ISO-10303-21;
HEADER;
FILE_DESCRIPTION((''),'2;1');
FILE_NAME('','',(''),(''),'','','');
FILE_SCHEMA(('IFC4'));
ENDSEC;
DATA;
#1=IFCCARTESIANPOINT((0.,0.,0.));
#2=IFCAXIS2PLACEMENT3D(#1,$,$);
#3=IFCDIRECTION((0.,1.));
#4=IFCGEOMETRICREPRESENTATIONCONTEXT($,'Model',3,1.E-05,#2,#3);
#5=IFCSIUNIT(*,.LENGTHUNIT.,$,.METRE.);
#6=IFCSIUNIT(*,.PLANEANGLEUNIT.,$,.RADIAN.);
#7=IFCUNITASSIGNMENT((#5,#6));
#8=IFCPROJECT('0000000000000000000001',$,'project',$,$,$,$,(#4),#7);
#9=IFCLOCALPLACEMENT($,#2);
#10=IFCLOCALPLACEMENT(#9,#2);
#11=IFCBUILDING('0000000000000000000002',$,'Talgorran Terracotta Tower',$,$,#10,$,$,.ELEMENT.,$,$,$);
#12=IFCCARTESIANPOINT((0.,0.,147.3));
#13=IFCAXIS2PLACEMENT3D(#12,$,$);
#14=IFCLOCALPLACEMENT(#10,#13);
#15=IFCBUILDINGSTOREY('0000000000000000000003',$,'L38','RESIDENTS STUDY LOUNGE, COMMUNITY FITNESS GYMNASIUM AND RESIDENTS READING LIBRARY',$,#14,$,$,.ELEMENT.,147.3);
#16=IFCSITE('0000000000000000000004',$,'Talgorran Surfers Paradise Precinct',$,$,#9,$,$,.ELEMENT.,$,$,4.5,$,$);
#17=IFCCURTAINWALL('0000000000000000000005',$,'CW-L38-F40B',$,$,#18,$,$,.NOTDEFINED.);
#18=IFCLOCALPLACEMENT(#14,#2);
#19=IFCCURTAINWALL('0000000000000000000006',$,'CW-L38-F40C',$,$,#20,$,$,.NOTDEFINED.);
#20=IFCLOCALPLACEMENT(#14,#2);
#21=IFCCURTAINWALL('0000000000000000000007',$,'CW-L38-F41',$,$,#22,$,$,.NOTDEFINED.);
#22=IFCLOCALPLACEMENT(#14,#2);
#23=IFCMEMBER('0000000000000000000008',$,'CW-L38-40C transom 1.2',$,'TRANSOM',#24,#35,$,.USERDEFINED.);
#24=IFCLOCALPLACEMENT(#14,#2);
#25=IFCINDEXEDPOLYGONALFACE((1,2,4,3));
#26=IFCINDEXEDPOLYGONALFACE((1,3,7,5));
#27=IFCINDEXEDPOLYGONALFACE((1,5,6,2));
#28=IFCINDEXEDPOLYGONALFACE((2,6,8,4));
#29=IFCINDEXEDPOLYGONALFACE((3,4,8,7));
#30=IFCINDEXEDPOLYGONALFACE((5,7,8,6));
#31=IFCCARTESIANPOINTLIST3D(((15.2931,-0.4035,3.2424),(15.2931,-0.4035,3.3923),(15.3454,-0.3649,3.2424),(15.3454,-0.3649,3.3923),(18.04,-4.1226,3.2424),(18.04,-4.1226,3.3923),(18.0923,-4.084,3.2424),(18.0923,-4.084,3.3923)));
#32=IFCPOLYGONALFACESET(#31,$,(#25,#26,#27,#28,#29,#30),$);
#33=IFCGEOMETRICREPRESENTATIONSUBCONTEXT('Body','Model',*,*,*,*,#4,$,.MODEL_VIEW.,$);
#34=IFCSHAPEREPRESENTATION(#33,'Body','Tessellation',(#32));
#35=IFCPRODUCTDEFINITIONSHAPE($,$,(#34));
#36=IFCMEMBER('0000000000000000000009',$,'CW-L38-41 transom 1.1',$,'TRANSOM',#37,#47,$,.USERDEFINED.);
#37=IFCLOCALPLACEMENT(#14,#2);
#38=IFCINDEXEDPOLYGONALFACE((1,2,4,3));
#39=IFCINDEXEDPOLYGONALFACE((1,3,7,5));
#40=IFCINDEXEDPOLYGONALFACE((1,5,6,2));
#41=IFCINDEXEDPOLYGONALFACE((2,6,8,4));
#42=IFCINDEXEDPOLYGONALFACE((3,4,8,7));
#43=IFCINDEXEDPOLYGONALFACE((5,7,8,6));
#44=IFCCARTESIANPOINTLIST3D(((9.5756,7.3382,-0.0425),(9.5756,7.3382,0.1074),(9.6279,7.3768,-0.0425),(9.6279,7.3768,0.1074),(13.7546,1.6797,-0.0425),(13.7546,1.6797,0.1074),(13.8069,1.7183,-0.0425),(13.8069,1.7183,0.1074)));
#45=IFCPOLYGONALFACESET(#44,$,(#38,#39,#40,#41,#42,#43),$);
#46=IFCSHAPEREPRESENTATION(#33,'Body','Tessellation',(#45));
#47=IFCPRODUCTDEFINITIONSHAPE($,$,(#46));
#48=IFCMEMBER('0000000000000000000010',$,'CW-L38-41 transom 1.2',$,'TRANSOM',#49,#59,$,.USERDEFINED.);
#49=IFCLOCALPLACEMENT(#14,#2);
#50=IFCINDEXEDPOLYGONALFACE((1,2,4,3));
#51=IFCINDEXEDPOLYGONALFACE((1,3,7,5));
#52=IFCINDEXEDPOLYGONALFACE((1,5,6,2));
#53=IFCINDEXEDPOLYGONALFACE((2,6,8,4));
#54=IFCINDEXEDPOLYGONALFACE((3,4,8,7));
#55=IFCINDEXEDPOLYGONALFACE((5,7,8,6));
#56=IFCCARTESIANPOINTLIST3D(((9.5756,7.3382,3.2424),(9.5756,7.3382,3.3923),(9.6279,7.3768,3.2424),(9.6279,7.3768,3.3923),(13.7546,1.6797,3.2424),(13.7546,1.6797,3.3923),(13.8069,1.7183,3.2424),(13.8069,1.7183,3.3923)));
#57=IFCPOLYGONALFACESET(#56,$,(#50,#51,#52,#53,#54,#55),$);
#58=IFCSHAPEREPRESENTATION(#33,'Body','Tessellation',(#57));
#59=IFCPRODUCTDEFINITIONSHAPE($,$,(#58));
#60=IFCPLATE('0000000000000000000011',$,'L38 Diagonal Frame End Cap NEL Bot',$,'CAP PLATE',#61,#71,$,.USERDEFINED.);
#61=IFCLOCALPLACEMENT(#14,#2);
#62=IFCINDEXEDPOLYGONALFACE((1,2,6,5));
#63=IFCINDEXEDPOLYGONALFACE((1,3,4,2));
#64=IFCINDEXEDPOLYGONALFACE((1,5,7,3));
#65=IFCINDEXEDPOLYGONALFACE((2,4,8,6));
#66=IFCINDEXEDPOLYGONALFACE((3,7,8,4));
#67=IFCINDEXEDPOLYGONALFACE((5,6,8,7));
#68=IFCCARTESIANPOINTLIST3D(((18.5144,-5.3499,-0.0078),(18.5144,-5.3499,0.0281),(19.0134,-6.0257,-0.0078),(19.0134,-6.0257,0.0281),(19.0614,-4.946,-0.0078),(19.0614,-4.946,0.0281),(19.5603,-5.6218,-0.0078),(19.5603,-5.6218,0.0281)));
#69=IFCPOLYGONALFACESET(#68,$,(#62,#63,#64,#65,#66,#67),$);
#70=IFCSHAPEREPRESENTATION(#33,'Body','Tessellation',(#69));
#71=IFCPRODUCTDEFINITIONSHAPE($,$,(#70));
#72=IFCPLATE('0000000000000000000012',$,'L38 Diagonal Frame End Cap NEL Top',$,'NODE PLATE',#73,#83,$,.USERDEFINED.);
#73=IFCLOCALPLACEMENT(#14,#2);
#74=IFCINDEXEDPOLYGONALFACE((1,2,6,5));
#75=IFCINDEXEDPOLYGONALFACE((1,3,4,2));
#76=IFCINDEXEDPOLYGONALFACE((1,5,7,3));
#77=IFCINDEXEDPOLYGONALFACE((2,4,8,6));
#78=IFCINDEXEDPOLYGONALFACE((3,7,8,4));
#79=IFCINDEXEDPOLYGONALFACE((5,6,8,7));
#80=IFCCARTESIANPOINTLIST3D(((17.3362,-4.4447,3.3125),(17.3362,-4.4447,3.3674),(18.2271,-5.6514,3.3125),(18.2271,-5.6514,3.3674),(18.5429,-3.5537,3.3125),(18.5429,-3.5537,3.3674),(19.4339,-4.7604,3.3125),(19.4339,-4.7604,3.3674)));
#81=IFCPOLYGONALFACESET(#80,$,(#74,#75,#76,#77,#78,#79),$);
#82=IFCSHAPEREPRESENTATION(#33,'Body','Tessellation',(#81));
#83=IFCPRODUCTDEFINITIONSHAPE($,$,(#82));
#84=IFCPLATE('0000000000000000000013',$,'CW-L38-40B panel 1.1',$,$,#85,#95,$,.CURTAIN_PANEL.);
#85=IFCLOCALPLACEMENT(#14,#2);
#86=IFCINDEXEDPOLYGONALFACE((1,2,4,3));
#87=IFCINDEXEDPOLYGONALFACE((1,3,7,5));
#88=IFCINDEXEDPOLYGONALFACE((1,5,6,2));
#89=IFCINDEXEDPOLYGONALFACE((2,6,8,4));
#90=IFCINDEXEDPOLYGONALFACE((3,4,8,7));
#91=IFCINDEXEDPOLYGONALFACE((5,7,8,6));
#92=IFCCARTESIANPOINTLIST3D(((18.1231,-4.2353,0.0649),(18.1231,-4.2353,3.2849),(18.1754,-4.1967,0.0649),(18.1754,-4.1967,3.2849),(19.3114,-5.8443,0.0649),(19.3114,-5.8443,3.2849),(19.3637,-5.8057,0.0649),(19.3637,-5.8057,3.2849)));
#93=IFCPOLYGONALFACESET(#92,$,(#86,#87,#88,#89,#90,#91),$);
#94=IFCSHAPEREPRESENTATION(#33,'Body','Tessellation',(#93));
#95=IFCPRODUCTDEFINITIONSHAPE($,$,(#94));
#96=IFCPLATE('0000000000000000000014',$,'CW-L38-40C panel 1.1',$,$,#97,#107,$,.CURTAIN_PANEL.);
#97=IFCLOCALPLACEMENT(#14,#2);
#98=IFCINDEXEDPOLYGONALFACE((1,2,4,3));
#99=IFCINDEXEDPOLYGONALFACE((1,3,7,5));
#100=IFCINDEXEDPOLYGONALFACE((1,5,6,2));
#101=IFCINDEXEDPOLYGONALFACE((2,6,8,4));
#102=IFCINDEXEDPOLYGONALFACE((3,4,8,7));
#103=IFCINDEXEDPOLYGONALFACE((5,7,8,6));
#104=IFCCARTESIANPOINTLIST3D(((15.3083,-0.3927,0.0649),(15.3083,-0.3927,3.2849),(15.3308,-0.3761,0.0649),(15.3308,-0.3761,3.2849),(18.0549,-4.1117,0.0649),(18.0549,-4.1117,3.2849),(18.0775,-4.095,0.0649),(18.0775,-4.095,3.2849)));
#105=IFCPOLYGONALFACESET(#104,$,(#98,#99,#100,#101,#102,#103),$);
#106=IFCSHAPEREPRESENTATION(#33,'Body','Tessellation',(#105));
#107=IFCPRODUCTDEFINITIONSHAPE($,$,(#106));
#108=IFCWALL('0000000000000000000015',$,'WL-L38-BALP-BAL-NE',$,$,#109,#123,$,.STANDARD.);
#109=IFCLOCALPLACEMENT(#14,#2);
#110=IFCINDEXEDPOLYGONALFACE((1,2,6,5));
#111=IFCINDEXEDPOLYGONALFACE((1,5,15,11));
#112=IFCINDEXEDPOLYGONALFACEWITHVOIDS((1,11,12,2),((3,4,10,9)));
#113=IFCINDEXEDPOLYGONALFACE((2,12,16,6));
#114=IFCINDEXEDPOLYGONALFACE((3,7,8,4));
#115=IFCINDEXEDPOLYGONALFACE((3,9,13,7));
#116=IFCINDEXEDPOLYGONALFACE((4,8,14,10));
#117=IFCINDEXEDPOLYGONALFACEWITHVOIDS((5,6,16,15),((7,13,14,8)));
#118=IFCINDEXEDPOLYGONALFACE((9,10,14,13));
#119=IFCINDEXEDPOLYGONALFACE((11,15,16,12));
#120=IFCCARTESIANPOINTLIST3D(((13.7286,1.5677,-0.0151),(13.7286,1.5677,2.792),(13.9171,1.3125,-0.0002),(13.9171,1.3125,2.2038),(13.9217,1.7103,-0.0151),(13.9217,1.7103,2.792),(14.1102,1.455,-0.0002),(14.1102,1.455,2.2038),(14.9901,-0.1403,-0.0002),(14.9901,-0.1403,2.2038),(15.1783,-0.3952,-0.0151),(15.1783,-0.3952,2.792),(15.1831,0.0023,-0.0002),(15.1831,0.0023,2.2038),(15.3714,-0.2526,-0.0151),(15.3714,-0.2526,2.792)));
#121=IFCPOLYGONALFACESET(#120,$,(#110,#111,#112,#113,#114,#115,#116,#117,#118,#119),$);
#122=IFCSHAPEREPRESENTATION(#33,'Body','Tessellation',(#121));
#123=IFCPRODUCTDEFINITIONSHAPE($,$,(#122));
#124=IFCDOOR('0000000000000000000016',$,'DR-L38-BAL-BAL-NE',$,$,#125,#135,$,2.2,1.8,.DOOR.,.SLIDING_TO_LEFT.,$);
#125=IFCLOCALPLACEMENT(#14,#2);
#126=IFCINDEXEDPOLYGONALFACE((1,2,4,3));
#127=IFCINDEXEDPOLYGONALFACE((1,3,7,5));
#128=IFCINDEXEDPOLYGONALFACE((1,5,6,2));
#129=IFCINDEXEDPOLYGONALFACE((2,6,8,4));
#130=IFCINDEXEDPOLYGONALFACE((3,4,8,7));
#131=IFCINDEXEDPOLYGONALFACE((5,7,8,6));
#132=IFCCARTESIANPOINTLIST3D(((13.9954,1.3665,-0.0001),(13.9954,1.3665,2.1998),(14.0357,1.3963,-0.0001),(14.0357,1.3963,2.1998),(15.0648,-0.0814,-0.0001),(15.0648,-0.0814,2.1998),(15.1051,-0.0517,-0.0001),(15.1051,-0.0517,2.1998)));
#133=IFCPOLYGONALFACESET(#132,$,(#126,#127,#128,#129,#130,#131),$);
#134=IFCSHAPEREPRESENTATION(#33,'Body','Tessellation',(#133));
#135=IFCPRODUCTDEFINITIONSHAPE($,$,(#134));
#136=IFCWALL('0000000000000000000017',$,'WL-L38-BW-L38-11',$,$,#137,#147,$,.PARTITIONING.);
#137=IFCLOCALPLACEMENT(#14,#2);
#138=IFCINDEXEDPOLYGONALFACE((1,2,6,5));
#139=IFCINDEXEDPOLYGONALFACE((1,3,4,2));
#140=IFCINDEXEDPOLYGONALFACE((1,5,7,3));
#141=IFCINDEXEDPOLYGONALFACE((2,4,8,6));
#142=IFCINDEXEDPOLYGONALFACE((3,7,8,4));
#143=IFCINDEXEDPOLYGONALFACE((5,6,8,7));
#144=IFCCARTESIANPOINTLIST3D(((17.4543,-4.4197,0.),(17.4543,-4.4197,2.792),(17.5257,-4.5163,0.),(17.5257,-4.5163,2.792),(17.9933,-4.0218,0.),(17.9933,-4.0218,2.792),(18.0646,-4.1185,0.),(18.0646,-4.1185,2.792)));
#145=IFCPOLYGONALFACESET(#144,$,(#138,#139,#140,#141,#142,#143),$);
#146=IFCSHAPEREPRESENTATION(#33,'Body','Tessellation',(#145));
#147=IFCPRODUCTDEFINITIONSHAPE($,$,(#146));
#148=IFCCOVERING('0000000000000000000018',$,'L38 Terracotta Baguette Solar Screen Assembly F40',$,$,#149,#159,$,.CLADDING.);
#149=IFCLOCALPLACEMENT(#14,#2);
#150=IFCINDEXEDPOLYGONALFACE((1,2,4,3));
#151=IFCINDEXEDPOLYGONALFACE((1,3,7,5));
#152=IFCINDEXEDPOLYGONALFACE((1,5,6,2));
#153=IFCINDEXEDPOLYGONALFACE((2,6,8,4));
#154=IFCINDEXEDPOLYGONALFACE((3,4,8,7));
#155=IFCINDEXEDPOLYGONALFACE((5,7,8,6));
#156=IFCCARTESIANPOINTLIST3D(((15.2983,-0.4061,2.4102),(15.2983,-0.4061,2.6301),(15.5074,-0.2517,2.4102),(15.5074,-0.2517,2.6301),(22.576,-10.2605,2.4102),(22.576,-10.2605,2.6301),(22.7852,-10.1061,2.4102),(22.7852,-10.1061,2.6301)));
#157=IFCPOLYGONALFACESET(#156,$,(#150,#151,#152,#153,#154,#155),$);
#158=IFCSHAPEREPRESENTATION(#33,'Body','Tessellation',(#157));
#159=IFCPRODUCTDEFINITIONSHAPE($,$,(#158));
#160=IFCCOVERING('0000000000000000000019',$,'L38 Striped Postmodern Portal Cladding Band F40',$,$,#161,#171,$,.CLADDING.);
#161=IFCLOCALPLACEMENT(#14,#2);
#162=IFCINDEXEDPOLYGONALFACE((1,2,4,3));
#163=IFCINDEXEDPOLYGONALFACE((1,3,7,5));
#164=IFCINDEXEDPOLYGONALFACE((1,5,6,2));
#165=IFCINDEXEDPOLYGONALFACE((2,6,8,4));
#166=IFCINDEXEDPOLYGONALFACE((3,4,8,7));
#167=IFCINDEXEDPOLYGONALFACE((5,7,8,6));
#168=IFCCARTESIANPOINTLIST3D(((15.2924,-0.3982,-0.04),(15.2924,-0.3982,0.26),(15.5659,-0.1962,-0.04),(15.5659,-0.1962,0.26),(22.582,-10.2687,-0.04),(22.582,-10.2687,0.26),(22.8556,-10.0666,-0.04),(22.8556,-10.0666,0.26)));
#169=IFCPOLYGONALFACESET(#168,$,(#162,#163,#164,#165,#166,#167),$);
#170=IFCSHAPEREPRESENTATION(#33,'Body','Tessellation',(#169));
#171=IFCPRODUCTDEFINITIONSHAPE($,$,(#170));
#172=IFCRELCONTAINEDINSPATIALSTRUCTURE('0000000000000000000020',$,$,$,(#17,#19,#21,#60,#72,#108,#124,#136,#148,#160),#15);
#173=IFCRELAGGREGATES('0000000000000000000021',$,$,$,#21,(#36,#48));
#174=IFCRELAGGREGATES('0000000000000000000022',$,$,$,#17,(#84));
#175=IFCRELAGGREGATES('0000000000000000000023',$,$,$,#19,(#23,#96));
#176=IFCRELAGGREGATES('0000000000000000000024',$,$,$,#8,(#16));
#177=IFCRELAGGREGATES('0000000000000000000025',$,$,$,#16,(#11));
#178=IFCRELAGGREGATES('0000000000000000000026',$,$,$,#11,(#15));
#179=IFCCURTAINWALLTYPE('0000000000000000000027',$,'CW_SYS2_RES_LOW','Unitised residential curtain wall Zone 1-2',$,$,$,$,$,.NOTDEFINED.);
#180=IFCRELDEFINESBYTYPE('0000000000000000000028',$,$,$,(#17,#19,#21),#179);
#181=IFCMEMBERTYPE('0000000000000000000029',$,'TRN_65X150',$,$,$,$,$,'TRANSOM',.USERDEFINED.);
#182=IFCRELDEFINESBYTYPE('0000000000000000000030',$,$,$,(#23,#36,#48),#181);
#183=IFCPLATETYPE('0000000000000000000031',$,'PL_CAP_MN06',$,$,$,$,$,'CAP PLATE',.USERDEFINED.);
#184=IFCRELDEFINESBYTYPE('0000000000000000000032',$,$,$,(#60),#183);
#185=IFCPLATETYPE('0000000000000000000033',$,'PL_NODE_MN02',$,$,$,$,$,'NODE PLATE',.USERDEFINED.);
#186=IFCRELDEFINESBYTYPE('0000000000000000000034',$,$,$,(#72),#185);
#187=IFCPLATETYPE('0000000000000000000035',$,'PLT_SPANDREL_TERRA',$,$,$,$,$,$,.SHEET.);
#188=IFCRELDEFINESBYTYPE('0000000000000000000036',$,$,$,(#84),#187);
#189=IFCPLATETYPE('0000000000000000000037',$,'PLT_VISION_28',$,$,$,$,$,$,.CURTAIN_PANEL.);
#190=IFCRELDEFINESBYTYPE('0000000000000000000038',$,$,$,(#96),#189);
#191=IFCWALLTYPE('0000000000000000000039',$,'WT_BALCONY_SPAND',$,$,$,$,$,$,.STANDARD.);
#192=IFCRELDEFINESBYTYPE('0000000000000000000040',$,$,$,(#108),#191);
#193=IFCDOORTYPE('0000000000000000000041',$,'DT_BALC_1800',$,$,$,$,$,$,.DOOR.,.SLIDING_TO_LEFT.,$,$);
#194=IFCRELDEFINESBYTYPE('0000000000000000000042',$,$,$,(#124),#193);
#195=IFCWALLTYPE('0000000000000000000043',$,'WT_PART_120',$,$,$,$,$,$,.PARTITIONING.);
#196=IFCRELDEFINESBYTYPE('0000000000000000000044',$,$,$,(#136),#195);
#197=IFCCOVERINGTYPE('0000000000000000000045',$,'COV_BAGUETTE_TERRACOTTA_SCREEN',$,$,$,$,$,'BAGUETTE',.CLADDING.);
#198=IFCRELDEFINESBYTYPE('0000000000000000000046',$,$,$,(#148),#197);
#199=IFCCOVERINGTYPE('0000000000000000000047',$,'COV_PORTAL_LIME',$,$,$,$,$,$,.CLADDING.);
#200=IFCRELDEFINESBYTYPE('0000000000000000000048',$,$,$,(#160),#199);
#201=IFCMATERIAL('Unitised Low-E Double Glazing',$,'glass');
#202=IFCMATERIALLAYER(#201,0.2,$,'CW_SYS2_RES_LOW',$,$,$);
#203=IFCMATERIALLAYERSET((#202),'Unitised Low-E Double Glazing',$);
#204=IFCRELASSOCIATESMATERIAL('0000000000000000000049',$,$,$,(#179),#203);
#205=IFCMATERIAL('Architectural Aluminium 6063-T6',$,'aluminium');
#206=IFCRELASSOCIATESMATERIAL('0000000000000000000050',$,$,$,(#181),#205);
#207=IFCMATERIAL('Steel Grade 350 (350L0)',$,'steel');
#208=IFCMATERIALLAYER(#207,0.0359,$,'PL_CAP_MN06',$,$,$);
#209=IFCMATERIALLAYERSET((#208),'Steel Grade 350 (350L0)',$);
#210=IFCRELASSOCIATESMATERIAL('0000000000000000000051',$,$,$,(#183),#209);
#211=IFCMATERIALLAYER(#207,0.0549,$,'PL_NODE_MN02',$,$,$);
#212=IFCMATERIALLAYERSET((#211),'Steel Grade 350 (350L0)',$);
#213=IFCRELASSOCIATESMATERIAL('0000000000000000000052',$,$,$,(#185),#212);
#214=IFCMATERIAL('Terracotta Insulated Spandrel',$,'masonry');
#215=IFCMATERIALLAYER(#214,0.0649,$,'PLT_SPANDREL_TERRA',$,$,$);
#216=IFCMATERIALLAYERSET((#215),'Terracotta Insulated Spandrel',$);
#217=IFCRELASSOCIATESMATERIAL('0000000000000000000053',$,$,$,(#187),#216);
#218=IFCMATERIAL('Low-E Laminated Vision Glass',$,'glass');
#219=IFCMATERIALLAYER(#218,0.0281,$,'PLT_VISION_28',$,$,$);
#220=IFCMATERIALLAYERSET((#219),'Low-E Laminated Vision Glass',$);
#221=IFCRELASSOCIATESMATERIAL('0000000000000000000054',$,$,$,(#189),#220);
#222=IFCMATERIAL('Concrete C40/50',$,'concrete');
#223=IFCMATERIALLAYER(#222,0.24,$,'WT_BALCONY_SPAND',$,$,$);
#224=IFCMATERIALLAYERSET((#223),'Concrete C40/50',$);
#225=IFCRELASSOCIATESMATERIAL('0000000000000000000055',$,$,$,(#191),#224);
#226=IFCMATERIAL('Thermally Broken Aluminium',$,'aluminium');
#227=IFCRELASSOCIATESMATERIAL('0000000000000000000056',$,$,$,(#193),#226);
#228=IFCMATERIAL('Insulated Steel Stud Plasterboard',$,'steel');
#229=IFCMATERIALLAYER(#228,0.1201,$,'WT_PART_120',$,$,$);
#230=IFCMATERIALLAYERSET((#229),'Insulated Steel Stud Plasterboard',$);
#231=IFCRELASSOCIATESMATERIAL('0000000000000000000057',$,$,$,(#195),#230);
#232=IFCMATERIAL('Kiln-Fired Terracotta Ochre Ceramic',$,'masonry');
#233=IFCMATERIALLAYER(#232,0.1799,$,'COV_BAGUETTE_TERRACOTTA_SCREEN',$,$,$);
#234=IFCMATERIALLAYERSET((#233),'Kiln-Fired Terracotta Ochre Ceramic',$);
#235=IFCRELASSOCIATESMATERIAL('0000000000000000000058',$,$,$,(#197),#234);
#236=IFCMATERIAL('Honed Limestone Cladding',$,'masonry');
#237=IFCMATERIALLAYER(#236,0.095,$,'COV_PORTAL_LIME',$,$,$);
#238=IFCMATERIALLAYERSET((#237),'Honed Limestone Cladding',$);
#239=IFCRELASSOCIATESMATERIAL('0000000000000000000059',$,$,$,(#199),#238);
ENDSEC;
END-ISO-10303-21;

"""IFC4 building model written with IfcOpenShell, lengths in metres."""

from ifc_helpers import new_model, si_unit, direction, frame, frame_2d, origin, origin_2d, place, context, subcontext, project, spatial, rectangle, extrude, source, transform, mapped, material, layer, layer_set, material_profile, profile_set, type_object, type_shapes, element, fill, aggregate, save


model = new_model("IFC4")

# Units and contexts
model_context = context("Model", 3, precision=1e-05, world=origin(), true_north=direction((0.0, 1.0)))
body_context = subcontext(model_context, "Body", "Model", "MODEL_VIEW")
ifc_project = project(units=[si_unit("LENGTHUNIT", "METRE"), si_unit("PLANEANGLEUNIT", "RADIAN")], contexts=[model_context])

# Site, building, storey
site_placement = place(None, origin())
site = spatial("IfcSite", under=ifc_project, at=site_placement, Name="Talgorran Surfers Paradise Precinct", CompositionType="ELEMENT", RefElevation=4.5)
building_placement = place(site_placement, origin())
building = spatial("IfcBuilding", under=site, at=building_placement, Name="Talgorran Terracotta Tower", CompositionType="ELEMENT")
storey_placement = place(building_placement, frame((0.0, 0.0, 147.3)))
storey = spatial("IfcBuildingStorey", under=building, at=storey_placement, Name="L38", Description="RESIDENTS STUDY LOUNGE, COMMUNITY FITNESS GYMNASIUM AND RESIDENTS READING LIBRARY", CompositionType="ELEMENT", Elevation=147.3)

# Shared definitions
ifc_material_1 = material(Name="Steel Grade 350 (350L0)", Category="steel")

# Curtain wall
ifc_material_2 = material(Name="Unitised Low-E Double Glazing", Category="glass")
ifc_layer_1 = layer(ifc_material_2, 0.2, Name="CW_SYS2_RES_LOW")
ifc_layer_set_1 = layer_set([ifc_layer_1], Name="Unitised Low-E Double Glazing")
curtain_wall_type = type_object("IfcCurtainWallType", Name="CW_SYS2_RES_LOW", Description="Unitised residential curtain wall Zone 1-2", PredefinedType="NOTDEFINED", material=ifc_layer_set_1)
curtain_wall_1_placement = place(storey_placement, origin())
curtain_wall_1 = element("IfcCurtainWall", 1, at=curtain_wall_1_placement, inside=storey, type_object=curtain_wall_type, Name="CW-L38-F40B", PredefinedType="NOTDEFINED")
ifc_material_3 = material(Name="Architectural Aluminium 6063-T6", Category="aluminium")

# Curtain wall
curtain_wall_2_placement = place(storey_placement, origin())
curtain_wall_2 = element("IfcCurtainWall", 2, at=curtain_wall_2_placement, inside=storey, type_object=curtain_wall_type, Name="CW-L38-F40C", PredefinedType="NOTDEFINED")

# Curtain wall
curtain_wall_3_placement = place(storey_placement, origin())
curtain_wall_3 = element("IfcCurtainWall", 3, at=curtain_wall_3_placement, inside=storey, type_object=curtain_wall_type, Name="CW-L38-F41", PredefinedType="NOTDEFINED")

# Members
ifc_material_profile_1 = material_profile(ifc_material_3, rectangle(XDim=0.0649, YDim=0.1499, at=origin_2d()), Name="CWT65X150")
ifc_profile_set_1 = profile_set([ifc_material_profile_1], Name="Architectural Aluminium 6063-T6")
member_type_1 = type_object("IfcMemberType", Name="TRN_65X150", ElementType="TRANSOM", PredefinedType="USERDEFINED", material=ifc_profile_set_1)
member_1_placement = place(storey_placement, frame((18.0662, -4.1033, 3.3174), z_axis=(-0.594112, 0.804382, 0.0), x_axis=(-0.804382, -0.594112, 0.0)))
member_1 = element("IfcMember", 4, at=member_1_placement, type_object=member_type_1, Name="CW-L38-40C transom 1.2", ObjectType="TRANSOM", PredefinedType="USERDEFINED", context=body_context, shape_type="SweptSolid", body=[
    extrude(rectangle(XDim=0.0649, YDim=0.1499, at=origin_2d()), origin(), (0.0, 0.0, 1.0), 4.6235),
])
member_2_placement = place(storey_placement, frame((13.7808, 1.699, 0.0325), z_axis=(-0.594081, 0.804405, 0.0), x_axis=(-0.804405, -0.594081, 0.0)))
member_2 = element("IfcMember", 5, at=member_2_placement, type_object=member_type_1, Name="CW-L38-41 transom 1.1", ObjectType="TRANSOM", PredefinedType="USERDEFINED", context=body_context, shape_type="SweptSolid", body=[
    extrude(rectangle(XDim=0.0649, YDim=0.1499, at=origin_2d()), origin(), (0.0, 0.0, 1.0), 7.0344),
])
member_3_placement = place(storey_placement, frame((13.7808, 1.699, 3.3174), z_axis=(-0.594081, 0.804405, 0.0), x_axis=(-0.804405, -0.594081, 0.0)))
member_3 = element("IfcMember", 6, at=member_3_placement, type_object=member_type_1, Name="CW-L38-41 transom 1.2", ObjectType="TRANSOM", PredefinedType="USERDEFINED", context=body_context, shape_type="SweptSolid", body=[
    extrude(rectangle(XDim=0.0649, YDim=0.1499, at=origin_2d()), origin(), (0.0, 0.0, 1.0), 7.0344),
])
aggregate(curtain_wall_3, [member_2, member_3])

# Plates
ifc_layer_2 = layer(ifc_material_1, 0.0359, Name="PL_CAP_MN06")
ifc_layer_set_2 = layer_set([ifc_layer_2], Name="Steel Grade 350 (350L0)")
plate_type_1 = type_object("IfcPlateType", Name="PL_CAP_MN06", ElementType="CAP PLATE", PredefinedType="USERDEFINED", material=ifc_layer_set_2)
plate_1_placement = place(storey_placement, frame((19.0374, -5.4858, -0.0078), z_axis=(0.0, 0.0, 1.0), x_axis=(-0.593981, 0.804479, 0.0)))
element("IfcPlate", 7, at=plate_1_placement, inside=storey, type_object=plate_type_1, Name="L38 Diagonal Frame End Cap NEL Bot", ObjectType="CAP PLATE", PredefinedType="USERDEFINED", context=body_context, shape_type="SweptSolid", body=[
    extrude(rectangle(XDim=0.8401, YDim=0.6799, at=origin_2d()), origin(), (0.0, 0.0, 1.0), 0.0359),
])
ifc_layer_3 = layer(ifc_material_1, 0.0549, Name="PL_NODE_MN02")
ifc_layer_set_3 = layer_set([ifc_layer_3], Name="Steel Grade 350 (350L0)")
plate_type_2 = type_object("IfcPlateType", Name="PL_NODE_MN02", ElementType="NODE PLATE", PredefinedType="USERDEFINED", material=ifc_layer_set_3)
plate_2_placement = place(storey_placement, frame((18.385, -4.6025, 3.3125), z_axis=(0.0, 0.0, 1.0), x_axis=(-0.593981, 0.804479, 0.0)))
element("IfcPlate", 8, at=plate_2_placement, inside=storey, type_object=plate_type_2, Name="L38 Diagonal Frame End Cap NEL Top", ObjectType="NODE PLATE", PredefinedType="USERDEFINED", context=body_context, shape_type="SweptSolid", body=[
    extrude(rectangle(XDim=1.5, YDim=1.5, at=origin_2d()), origin(), (0.0, 0.0, 1.0), 0.0549),
])

# Plates
ifc_material_4 = material(Name="Terracotta Insulated Spandrel", Category="masonry")
ifc_layer_4 = layer(ifc_material_4, 0.0649, Name="PLT_SPANDREL_TERRA")
ifc_layer_set_4 = layer_set([ifc_layer_4], Name="Terracotta Insulated Spandrel")
plate_type_3 = type_object("IfcPlateType", Name="PLT_SPANDREL_TERRA", PredefinedType="SHEET", material=ifc_layer_set_4)
shared_shape_1 = source(origin(), body_context, "Body", "SweptSolid", [
    extrude(rectangle(XDim=2.0002, YDim=0.0649, at=origin_2d()), origin(), (0.0, 0.0, 1.0), 3.22),
])
type_shapes(plate_type_3, [shared_shape_1])
plate_3_placement = place(storey_placement, frame((18.7434, -5.0205, 0.0649), z_axis=(0.0, 0.0, 1.0), x_axis=(-0.594087, 0.8044, 0.0)))
plate_3 = element("IfcPlate", 9, at=plate_3_placement, type_object=plate_type_3, Name="CW-L38-40B panel 1.1", PredefinedType="CURTAIN_PANEL", context=body_context, shape_type="MappedRepresentation", body=[
    mapped(shared_shape_1, transform((0.0, 0.0, 0.0), scale=1.0)),
])
aggregate(curtain_wall_1, [plate_3])
ifc_material_5 = material(Name="Low-E Laminated Vision Glass", Category="glass")
ifc_layer_5 = layer(ifc_material_5, 0.0281, Name="PLT_VISION_28")
ifc_layer_set_5 = layer_set([ifc_layer_5], Name="Low-E Laminated Vision Glass")
plate_type_4 = type_object("IfcPlateType", Name="PLT_VISION_28", PredefinedType="CURTAIN_PANEL", material=ifc_layer_set_5)
shared_shape_2 = source(origin(), body_context, "Body", "SweptSolid", [
    extrude(rectangle(XDim=4.6233, YDim=0.0281, at=origin_2d()), origin(), (0.0, 0.0, 1.0), 3.22),
])
type_shapes(plate_type_4, [shared_shape_2])
plate_4_placement = place(storey_placement, frame((16.6929, -2.2439, 0.0649), z_axis=(0.0, 0.0, 1.0), x_axis=(-0.594086, 0.804401, 0.0)))
plate_4 = element("IfcPlate", 10, at=plate_4_placement, type_object=plate_type_4, Name="CW-L38-40C panel 1.1", PredefinedType="CURTAIN_PANEL", context=body_context, shape_type="MappedRepresentation", body=[
    mapped(shared_shape_2, transform((0.0, 0.0, 0.0), scale=1.0)),
])
aggregate(curtain_wall_2, [member_1, plate_4])

# Wall, opening, door
ifc_material_6 = material(Name="Concrete C40/50", Category="concrete")
ifc_layer_6 = layer(ifc_material_6, 0.24, Name="WT_BALCONY_SPAND")
ifc_layer_set_6 = layer_set([ifc_layer_6], Name="Concrete C40/50")
wall_type_1 = type_object("IfcWallType", Name="WT_BALCONY_SPAND", PredefinedType="STANDARD", material=ifc_layer_set_6)
wall_1_placement = place(storey_placement, frame((15.2749, -0.324, -0.0151), z_axis=(0.0, 0.0, 1.0), x_axis=(-0.594093, 0.804396, 0.0)))
wall_1 = element("IfcWall", 11, at=wall_1_placement, inside=storey, type_object=wall_type_1, Name="WL-L38-BALP-BAL-NE", PredefinedType="STANDARD", context=body_context, shape_type="SweptSolid", body=[
    extrude(rectangle(XDim=2.4402, YDim=0.24, at=frame_2d((1.2202, 0.0))), origin(), (0.0, 0.0, 1.0), 2.8071),
])
opening_placement = place(wall_1_placement, frame((0.3201, 0.0, 0.0149)))
opening = element("IfcOpeningElement", 12, at=opening_placement, cuts=wall_1, PredefinedType="OPENING", context=body_context, shape_type="SweptSolid", body=[
    extrude(rectangle(XDim=1.806, YDim=2.204, at=frame_2d((0.8999, 1.1021))), frame((0.0, 0.1299, 0.0), z_axis=(0.0, -1.0, 0.0), x_axis=(1.0, 0.0, 0.0)), (0.0, 0.0, 1.0), 0.26),
])
ifc_material_7 = material(Name="Thermally Broken Aluminium", Category="aluminium")
door_type = type_object("IfcDoorType", Name="DT_BALC_1800", OperationType="SLIDING_TO_LEFT", PredefinedType="DOOR", material=ifc_material_7)
door_placement = place(opening_placement, origin())
door = element("IfcDoor", 13, at=door_placement, inside=storey, type_object=door_type, Name="DR-L38-BAL-BAL-NE", OperationType="SLIDING_TO_LEFT", OverallHeight=2.2, OverallWidth=1.8, PredefinedType="DOOR", context=body_context, shape_type="SweptSolid", body=[
    extrude(rectangle(XDim=1.8, YDim=2.2, at=frame_2d((0.8999, 1.1001))), frame((0.0, 0.0249, 0.0), z_axis=(0.0, -1.0, 0.0), x_axis=(1.0, 0.0, 0.0)), (0.0, 0.0, 1.0), 0.05),
])
fill(opening, door)

# Wall
ifc_material_8 = material(Name="Insulated Steel Stud Plasterboard", Category="steel")
ifc_layer_7 = layer(ifc_material_8, 0.1201, Name="WT_PART_120")
ifc_layer_set_7 = layer_set([ifc_layer_7], Name="Insulated Steel Stud Plasterboard")
wall_type_2 = type_object("IfcWallType", Name="WT_PART_120", PredefinedType="PARTITIONING", material=ifc_layer_set_7)
wall_2_placement = place(storey_placement, frame((17.49, -4.468, 0.0), z_axis=(0.0, 0.0, 1.0), x_axis=(0.804524, 0.59392, 0.0)))
element("IfcWall", 14, at=wall_2_placement, inside=storey, type_object=wall_type_2, Name="WL-L38-BW-L38-11", PredefinedType="PARTITIONING", context=body_context, shape_type="SweptSolid", body=[
    extrude(rectangle(XDim=0.6699, YDim=0.1201, at=frame_2d((0.335, 0.0))), origin(), (0.0, 0.0, 1.0), 2.792),
])

# Coverings
ifc_material_9 = material(Name="Kiln-Fired Terracotta Ochre Ceramic", Category="masonry")
ifc_layer_8 = layer(ifc_material_9, 0.1799, Name="COV_BAGUETTE_TERRACOTTA_SCREEN")
ifc_layer_set_8 = layer_set([ifc_layer_8], Name="Kiln-Fired Terracotta Ochre Ceramic")
covering_type_1 = type_object("IfcCoveringType", Name="COV_BAGUETTE_TERRACOTTA_SCREEN", ElementType="BAGUETTE", PredefinedType="CLADDING", material=ifc_layer_set_8)
covering_1_placement = place(storey_placement, frame((19.0417, -5.2561, 2.4102), z_axis=(0.0, 0.0, 1.0), x_axis=(-0.594079, 0.804407, 0.0)))
element("IfcCovering", 15, at=covering_1_placement, inside=storey, type_object=covering_type_1, Name="L38 Terracotta Baguette Solar Screen Assembly F40", PredefinedType="CLADDING", context=body_context, shape_type="SweptSolid", body=[
    extrude(rectangle(XDim=12.2505, YDim=0.26, at=origin_2d()), origin(), (0.0, 0.0, 1.0), 0.22),
])
ifc_material_10 = material(Name="Honed Limestone Cladding", Category="masonry")
ifc_layer_9 = layer(ifc_material_10, 0.095, Name="COV_PORTAL_LIME")
ifc_layer_set_9 = layer_set([ifc_layer_9], Name="Honed Limestone Cladding")
covering_type_2 = type_object("IfcCoveringType", Name="COV_PORTAL_LIME", PredefinedType="CLADDING", material=ifc_layer_set_9)
covering_2_placement = place(storey_placement, frame((19.074, -5.2324, -0.04), z_axis=(0.0, 0.0, 1.0), x_axis=(-0.594079, 0.804407, 0.0)))
element("IfcCovering", 16, at=covering_2_placement, inside=storey, type_object=covering_type_2, Name="L38 Striped Postmodern Portal Cladding Band F40", PredefinedType="CLADDING", context=body_context, shape_type="SweptSolid", body=[
    extrude(rectangle(XDim=12.2705, YDim=0.3401, at=origin_2d()), origin(), (0.0, 0.0, 1.0), 0.3),
])

save(model, "model.ifc")
